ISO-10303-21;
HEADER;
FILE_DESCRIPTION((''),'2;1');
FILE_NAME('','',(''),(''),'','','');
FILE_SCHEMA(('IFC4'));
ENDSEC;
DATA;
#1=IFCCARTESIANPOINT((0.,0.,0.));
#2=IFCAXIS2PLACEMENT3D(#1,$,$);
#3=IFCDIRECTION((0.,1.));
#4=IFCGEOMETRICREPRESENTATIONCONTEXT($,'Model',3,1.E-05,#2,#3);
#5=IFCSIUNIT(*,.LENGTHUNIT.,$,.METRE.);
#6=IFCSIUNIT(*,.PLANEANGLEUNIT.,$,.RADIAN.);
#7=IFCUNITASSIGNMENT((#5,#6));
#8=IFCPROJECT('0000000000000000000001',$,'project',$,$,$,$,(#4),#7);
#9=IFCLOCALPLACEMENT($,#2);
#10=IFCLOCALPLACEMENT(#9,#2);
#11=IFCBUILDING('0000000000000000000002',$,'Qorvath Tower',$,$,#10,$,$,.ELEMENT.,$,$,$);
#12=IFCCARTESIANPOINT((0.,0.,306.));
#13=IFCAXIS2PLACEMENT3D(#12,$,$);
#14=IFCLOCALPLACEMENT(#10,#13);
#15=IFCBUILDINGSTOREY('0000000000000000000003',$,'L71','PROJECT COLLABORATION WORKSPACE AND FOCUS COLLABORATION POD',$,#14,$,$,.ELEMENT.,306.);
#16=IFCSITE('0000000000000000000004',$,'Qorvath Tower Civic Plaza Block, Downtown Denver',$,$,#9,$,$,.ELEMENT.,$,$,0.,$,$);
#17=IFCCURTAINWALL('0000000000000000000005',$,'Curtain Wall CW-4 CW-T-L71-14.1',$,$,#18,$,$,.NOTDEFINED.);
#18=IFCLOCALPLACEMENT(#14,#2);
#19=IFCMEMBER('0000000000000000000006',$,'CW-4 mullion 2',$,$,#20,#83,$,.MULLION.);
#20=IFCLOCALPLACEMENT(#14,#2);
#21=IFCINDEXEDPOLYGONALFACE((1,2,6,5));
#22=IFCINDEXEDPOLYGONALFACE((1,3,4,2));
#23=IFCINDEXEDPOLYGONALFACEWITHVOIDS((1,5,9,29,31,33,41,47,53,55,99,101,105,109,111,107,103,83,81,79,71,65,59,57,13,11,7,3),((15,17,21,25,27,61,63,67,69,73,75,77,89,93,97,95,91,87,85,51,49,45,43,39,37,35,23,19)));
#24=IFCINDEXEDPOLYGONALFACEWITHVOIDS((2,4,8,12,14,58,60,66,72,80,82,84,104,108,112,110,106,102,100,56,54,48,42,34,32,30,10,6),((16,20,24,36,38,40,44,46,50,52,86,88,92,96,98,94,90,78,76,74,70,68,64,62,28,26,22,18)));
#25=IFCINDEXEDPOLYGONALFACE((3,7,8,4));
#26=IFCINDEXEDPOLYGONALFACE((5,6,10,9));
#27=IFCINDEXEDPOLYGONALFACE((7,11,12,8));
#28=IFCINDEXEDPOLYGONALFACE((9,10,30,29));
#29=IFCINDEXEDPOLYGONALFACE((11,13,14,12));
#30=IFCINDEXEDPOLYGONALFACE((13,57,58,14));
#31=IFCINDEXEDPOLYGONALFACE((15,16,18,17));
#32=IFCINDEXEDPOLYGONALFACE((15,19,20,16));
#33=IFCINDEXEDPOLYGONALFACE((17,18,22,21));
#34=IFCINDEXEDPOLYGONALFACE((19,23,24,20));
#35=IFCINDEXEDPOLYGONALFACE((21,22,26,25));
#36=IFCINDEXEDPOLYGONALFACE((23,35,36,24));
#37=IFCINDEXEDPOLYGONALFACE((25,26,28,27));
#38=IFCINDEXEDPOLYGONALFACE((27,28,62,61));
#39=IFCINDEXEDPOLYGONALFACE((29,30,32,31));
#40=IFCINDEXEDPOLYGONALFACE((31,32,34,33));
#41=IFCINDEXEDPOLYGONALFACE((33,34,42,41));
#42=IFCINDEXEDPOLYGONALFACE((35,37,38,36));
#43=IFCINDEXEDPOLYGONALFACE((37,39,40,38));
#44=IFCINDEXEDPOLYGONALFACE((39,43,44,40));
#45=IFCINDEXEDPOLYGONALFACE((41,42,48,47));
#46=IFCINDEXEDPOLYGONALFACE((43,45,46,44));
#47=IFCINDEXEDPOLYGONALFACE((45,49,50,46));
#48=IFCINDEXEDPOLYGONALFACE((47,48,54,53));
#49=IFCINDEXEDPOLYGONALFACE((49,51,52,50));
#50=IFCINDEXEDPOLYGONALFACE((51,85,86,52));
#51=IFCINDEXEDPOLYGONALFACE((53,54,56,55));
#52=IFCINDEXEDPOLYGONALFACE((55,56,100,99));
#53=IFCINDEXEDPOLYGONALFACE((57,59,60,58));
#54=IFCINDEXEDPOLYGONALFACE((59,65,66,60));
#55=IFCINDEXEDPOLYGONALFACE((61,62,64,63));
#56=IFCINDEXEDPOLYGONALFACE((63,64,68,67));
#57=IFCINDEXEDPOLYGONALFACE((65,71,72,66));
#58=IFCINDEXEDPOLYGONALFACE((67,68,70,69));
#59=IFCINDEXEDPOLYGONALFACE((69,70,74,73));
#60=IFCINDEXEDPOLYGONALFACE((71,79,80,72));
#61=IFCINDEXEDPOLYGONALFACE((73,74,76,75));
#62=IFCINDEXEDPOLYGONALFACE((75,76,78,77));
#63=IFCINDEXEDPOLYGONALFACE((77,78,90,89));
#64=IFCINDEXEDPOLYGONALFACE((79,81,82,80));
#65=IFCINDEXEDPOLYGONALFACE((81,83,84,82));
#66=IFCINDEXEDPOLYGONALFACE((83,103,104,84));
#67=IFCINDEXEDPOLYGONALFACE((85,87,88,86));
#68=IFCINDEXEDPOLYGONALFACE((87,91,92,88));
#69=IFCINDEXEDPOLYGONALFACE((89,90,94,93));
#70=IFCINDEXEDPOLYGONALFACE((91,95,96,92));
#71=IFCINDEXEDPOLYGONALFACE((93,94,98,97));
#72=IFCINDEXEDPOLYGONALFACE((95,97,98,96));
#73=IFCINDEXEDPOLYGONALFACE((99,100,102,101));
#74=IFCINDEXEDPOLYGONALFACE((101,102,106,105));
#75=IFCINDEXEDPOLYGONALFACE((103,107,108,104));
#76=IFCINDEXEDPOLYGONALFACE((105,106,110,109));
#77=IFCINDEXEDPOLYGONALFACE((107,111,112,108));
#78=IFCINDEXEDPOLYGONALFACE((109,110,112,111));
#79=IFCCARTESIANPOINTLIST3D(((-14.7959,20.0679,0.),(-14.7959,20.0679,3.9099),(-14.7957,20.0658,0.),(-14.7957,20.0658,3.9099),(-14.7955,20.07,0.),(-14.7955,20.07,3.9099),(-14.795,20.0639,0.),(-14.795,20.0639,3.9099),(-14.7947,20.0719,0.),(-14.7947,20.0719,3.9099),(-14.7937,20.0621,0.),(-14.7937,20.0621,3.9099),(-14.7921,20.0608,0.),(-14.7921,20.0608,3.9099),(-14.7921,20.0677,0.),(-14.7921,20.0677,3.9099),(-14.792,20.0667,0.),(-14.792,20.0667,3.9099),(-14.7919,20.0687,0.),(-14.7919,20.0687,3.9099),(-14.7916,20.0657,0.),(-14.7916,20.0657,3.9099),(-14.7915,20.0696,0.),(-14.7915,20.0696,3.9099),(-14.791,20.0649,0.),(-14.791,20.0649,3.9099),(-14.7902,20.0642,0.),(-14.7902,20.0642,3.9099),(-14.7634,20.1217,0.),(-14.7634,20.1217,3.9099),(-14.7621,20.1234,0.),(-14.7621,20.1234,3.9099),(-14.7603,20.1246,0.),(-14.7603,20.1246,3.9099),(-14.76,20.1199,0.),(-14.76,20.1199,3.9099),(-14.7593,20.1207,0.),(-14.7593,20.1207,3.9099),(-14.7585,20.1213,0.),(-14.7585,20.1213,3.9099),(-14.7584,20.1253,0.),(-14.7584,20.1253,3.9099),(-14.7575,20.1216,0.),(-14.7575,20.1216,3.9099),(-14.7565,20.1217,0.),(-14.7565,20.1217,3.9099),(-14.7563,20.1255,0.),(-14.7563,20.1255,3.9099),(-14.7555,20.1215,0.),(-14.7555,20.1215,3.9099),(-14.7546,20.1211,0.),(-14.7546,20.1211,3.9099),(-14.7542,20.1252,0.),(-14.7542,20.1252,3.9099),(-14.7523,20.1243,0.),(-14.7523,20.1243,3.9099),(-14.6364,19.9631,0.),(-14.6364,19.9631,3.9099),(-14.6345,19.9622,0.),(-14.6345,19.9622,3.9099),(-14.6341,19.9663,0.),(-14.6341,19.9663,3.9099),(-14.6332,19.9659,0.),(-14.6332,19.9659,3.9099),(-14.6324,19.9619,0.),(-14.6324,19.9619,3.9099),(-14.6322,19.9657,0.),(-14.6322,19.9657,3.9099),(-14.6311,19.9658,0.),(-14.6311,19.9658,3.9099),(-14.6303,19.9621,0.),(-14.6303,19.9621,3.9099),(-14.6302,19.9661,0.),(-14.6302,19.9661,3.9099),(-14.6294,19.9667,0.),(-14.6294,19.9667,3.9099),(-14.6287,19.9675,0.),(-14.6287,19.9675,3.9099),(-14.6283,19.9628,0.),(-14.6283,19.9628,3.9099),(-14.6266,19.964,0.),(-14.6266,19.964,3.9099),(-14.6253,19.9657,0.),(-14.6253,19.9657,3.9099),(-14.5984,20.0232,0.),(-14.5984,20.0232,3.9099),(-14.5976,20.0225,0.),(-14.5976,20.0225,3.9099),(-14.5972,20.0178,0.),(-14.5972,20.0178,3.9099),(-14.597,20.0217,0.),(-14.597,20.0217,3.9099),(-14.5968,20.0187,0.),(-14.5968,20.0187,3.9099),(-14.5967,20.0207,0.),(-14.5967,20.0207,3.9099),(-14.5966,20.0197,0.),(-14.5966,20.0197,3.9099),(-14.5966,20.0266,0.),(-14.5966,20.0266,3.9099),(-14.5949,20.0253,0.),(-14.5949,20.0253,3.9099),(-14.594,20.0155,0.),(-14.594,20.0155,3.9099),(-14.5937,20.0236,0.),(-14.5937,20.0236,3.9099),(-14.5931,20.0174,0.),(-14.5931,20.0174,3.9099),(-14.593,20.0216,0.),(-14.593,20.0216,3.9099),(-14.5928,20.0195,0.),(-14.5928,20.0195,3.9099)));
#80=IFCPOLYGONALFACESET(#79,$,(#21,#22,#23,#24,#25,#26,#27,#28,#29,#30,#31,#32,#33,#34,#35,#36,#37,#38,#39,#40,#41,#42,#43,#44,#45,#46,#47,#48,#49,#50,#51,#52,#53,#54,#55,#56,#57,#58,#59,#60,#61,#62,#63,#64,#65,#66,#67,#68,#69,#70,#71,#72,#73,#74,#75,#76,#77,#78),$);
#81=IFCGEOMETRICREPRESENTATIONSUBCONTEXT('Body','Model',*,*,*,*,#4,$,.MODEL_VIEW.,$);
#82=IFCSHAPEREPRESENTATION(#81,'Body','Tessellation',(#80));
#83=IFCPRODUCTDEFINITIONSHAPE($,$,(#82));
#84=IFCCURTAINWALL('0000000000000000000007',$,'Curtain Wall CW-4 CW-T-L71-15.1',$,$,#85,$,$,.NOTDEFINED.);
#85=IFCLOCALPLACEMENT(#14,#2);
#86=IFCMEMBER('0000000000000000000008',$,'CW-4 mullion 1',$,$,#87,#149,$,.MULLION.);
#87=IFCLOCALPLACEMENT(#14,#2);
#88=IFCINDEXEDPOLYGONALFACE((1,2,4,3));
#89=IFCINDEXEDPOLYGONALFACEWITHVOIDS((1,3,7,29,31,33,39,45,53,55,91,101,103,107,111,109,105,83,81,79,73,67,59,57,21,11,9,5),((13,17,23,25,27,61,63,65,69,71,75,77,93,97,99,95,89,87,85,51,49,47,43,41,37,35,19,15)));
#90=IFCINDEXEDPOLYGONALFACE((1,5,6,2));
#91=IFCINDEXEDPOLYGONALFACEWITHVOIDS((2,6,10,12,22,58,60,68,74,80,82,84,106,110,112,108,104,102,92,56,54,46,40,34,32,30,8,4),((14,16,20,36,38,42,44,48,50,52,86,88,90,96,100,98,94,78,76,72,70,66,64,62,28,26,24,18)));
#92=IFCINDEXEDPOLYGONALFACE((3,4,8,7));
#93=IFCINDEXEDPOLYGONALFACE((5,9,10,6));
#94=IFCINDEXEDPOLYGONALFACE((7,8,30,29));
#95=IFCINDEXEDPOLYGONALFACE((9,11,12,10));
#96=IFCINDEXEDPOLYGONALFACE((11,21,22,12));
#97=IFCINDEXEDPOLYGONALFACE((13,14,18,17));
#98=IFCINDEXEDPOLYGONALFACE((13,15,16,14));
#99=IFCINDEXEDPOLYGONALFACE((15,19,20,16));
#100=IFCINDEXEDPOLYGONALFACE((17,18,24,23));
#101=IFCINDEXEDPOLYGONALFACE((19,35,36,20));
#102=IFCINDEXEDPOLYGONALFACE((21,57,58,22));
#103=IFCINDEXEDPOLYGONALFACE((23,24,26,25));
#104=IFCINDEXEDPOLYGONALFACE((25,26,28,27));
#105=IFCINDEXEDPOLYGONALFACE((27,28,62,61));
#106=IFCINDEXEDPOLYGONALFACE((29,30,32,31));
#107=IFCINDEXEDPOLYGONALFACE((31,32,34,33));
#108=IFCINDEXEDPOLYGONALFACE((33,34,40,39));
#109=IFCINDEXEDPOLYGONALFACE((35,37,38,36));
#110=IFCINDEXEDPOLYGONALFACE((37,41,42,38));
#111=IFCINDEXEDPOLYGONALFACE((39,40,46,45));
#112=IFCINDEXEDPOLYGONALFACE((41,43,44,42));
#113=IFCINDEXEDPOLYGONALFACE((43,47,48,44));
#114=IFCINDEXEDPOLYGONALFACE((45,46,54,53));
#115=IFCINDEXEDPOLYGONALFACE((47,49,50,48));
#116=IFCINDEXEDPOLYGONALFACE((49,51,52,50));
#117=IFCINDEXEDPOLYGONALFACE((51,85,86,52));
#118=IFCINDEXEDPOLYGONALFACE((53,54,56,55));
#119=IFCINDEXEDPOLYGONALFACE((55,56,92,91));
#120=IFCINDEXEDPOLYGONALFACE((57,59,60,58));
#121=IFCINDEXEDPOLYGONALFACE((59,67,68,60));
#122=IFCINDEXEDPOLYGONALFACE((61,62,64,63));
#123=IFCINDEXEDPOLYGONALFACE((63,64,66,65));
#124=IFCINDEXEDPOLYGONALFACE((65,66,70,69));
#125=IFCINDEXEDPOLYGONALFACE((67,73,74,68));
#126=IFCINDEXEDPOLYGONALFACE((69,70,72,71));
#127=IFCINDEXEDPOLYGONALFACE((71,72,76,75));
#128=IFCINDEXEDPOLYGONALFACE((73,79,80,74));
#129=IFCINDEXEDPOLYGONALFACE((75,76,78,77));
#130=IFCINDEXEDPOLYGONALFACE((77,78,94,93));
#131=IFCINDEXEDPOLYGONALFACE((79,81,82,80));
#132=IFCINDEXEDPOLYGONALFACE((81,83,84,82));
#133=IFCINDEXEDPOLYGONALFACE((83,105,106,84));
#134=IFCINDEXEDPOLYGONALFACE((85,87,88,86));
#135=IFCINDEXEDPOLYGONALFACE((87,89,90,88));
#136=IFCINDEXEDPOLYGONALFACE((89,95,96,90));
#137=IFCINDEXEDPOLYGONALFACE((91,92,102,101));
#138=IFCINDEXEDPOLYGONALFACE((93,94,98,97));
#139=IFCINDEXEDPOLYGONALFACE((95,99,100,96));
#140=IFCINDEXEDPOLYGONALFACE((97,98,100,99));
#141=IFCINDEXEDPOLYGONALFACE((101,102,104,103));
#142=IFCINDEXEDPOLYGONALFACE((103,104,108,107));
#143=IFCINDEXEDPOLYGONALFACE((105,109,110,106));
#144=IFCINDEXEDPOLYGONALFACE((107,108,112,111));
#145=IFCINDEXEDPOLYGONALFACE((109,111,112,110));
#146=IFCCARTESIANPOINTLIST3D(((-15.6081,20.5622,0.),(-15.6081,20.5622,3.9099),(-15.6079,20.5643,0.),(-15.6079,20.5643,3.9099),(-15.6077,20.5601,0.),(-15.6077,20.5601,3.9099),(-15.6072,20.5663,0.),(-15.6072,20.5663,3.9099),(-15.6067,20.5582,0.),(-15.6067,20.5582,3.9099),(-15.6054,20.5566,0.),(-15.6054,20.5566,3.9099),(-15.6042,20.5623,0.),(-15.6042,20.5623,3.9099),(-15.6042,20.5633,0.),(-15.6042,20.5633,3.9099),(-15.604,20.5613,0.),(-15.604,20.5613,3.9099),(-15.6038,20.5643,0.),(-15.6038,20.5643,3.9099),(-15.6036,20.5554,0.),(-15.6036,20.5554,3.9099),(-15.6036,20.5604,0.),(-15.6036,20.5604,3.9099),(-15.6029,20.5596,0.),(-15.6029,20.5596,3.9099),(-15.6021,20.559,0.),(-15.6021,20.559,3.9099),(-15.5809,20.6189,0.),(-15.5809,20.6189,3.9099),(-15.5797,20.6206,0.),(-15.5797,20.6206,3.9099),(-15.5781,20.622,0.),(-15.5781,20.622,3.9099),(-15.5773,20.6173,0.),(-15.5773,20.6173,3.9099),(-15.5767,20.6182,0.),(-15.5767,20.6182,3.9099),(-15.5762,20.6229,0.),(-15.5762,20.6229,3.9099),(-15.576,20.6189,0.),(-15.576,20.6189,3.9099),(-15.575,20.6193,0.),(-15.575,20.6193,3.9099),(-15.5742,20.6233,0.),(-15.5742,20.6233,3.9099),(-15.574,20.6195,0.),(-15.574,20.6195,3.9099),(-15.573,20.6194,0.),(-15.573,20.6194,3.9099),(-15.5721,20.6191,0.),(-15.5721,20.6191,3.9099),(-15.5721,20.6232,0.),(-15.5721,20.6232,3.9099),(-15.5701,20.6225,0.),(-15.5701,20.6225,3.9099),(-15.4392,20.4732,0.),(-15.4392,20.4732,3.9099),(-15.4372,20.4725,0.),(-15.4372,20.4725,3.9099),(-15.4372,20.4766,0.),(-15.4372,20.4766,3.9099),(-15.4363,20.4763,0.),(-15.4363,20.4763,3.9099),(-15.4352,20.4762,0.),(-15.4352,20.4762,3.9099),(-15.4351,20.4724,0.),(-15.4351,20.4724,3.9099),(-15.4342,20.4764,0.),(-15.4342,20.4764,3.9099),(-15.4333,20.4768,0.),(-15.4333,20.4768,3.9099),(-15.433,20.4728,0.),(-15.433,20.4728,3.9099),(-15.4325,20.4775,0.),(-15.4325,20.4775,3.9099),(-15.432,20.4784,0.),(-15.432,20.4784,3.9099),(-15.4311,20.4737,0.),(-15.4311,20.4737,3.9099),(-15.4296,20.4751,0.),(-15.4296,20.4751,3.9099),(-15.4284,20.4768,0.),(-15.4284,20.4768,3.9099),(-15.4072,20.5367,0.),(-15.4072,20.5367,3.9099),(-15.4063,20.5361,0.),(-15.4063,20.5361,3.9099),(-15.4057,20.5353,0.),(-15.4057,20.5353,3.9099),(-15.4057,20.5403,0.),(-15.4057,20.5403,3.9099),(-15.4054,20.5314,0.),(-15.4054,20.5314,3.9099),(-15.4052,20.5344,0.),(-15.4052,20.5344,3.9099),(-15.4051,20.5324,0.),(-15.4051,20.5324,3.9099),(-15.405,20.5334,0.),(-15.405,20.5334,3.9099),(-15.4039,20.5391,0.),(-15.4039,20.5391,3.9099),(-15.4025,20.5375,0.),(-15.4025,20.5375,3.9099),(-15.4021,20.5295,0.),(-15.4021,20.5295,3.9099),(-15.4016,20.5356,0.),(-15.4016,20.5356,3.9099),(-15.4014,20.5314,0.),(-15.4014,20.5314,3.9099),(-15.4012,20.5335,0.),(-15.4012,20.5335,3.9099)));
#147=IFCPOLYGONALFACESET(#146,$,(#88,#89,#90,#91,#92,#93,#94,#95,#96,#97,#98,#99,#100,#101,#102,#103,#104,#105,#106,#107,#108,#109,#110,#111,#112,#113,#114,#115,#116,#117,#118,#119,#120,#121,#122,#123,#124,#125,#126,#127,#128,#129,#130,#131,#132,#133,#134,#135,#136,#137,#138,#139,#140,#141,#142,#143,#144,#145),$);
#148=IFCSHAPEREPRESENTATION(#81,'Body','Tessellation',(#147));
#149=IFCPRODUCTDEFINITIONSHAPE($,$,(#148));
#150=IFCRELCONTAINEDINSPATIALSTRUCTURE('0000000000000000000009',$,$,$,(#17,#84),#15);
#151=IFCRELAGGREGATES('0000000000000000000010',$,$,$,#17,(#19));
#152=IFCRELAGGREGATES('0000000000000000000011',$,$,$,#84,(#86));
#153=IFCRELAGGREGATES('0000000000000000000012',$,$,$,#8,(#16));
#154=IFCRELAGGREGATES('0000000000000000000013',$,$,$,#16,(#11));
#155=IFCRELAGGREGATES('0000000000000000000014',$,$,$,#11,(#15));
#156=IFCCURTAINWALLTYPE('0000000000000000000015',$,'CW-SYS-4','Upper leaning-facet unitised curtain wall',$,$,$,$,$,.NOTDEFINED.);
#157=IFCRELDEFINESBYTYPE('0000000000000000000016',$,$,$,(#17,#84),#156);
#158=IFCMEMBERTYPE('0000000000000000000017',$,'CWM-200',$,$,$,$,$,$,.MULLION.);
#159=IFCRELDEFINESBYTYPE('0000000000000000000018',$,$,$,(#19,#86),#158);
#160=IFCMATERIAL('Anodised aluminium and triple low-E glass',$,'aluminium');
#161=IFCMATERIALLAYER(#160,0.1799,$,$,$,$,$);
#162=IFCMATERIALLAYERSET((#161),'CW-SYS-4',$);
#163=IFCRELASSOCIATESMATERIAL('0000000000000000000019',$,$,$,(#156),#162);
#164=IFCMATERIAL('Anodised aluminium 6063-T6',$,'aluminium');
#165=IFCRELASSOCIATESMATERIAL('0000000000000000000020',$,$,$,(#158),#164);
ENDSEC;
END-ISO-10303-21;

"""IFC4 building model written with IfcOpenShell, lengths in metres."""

from ifc_helpers import new_model, si_unit, direction, frame, origin, origin_2d, place, context, subcontext, project, spatial, hollow_rectangle, extrude, material, layer, layer_set, material_profile, profile_set, type_object, element, aggregate, save


model = new_model("IFC4")

# Units and contexts
model_context = context("Model", 3, precision=1e-05, world=origin(), true_north=direction((0.0, 1.0)))
body_context = subcontext(model_context, "Body", "Model", "MODEL_VIEW")
ifc_project = project(units=[si_unit("LENGTHUNIT", "METRE"), si_unit("PLANEANGLEUNIT", "RADIAN")], contexts=[model_context])

# Site, building, storey
site_placement = place(None, origin())
site = spatial("IfcSite", under=ifc_project, at=site_placement, Name="Qorvath Tower Civic Plaza Block, Downtown Denver", CompositionType="ELEMENT", RefElevation=0.0)
building_placement = place(site_placement, origin())
building = spatial("IfcBuilding", under=site, at=building_placement, Name="Qorvath Tower", CompositionType="ELEMENT")
storey_placement = place(building_placement, frame((0.0, 0.0, 306.0)))
storey = spatial("IfcBuildingStorey", under=building, at=storey_placement, Name="L71", Description="PROJECT COLLABORATION WORKSPACE AND FOCUS COLLABORATION POD", CompositionType="ELEMENT", Elevation=306.0)

# Shared definitions
ifc_material_1 = material(Name="Anodised aluminium and triple low-E glass", Category="aluminium")
ifc_layer_1 = layer(ifc_material_1, 0.1799)
ifc_layer_set_1 = layer_set([ifc_layer_1], Name="CW-SYS-4")
curtain_wall_type = type_object("IfcCurtainWallType", Name="CW-SYS-4", Description="Upper leaning-facet unitised curtain wall", PredefinedType="NOTDEFINED", material=ifc_layer_set_1)
ifc_material_2 = material(Name="Anodised aluminium 6063-T6", Category="aluminium")
ifc_material_profile_1 = material_profile(ifc_material_2, hollow_rectangle(XDim=0.075, YDim=0.2, WallThickness=0.0039, InnerFilletRadius=0.0039, OuterFilletRadius=0.0081, at=origin_2d()), Name="CWM 200x75")
ifc_profile_set_1 = profile_set([ifc_material_profile_1], Name="Anodised aluminium 6063-T6")
member_type_1 = type_object("IfcMemberType", Name="CWM-200", PredefinedType="MULLION", material=ifc_profile_set_1)

# Curtain walls, members
curtain_wall_1_placement = place(storey_placement, origin())
curtain_wall_1 = element("IfcCurtainWall", 1, at=curtain_wall_1_placement, inside=storey, type_object=curtain_wall_type, Name="Curtain Wall CW-4 CW-T-L71-14.1", PredefinedType="NOTDEFINED")
member_1_placement = place(storey_placement, frame((-14.6943, 20.0437, 0.0), z_axis=(0.0, 0.0, 1.0), x_axis=(-0.531359, -0.847147, 0.0)))
member_1 = element("IfcMember", 2, at=member_1_placement, type_object=member_type_1, Name="CW-4 mullion 2", PredefinedType="MULLION", context=body_context, shape_type="SweptSolid", body=[
    extrude(hollow_rectangle(XDim=0.075, YDim=0.2, WallThickness=0.0039, InnerFilletRadius=0.0039, OuterFilletRadius=0.0081, at=origin_2d()), origin(), (0.0, 0.0, 1.0), 3.9099),
])
curtain_wall_2_placement = place(storey_placement, origin())
curtain_wall_2 = element("IfcCurtainWall", 3, at=curtain_wall_2_placement, inside=storey, type_object=curtain_wall_type, Name="Curtain Wall CW-4 CW-T-L71-15.1", PredefinedType="NOTDEFINED")
member_2_placement = place(storey_placement, frame((-15.5046, 20.5479, 0.0), z_axis=(0.0, 0.0, 1.0), x_axis=(-0.447225, -0.894422, 0.0)))
member_2 = element("IfcMember", 4, at=member_2_placement, type_object=member_type_1, Name="CW-4 mullion 1", PredefinedType="MULLION", context=body_context, shape_type="SweptSolid", body=[
    extrude(hollow_rectangle(XDim=0.075, YDim=0.2, WallThickness=0.0039, InnerFilletRadius=0.0039, OuterFilletRadius=0.0081, at=origin_2d()), origin(), (0.0, 0.0, 1.0), 3.9099),
])

aggregate(curtain_wall_1, [member_1])
aggregate(curtain_wall_2, [member_2])

save(model, "model.ifc")
